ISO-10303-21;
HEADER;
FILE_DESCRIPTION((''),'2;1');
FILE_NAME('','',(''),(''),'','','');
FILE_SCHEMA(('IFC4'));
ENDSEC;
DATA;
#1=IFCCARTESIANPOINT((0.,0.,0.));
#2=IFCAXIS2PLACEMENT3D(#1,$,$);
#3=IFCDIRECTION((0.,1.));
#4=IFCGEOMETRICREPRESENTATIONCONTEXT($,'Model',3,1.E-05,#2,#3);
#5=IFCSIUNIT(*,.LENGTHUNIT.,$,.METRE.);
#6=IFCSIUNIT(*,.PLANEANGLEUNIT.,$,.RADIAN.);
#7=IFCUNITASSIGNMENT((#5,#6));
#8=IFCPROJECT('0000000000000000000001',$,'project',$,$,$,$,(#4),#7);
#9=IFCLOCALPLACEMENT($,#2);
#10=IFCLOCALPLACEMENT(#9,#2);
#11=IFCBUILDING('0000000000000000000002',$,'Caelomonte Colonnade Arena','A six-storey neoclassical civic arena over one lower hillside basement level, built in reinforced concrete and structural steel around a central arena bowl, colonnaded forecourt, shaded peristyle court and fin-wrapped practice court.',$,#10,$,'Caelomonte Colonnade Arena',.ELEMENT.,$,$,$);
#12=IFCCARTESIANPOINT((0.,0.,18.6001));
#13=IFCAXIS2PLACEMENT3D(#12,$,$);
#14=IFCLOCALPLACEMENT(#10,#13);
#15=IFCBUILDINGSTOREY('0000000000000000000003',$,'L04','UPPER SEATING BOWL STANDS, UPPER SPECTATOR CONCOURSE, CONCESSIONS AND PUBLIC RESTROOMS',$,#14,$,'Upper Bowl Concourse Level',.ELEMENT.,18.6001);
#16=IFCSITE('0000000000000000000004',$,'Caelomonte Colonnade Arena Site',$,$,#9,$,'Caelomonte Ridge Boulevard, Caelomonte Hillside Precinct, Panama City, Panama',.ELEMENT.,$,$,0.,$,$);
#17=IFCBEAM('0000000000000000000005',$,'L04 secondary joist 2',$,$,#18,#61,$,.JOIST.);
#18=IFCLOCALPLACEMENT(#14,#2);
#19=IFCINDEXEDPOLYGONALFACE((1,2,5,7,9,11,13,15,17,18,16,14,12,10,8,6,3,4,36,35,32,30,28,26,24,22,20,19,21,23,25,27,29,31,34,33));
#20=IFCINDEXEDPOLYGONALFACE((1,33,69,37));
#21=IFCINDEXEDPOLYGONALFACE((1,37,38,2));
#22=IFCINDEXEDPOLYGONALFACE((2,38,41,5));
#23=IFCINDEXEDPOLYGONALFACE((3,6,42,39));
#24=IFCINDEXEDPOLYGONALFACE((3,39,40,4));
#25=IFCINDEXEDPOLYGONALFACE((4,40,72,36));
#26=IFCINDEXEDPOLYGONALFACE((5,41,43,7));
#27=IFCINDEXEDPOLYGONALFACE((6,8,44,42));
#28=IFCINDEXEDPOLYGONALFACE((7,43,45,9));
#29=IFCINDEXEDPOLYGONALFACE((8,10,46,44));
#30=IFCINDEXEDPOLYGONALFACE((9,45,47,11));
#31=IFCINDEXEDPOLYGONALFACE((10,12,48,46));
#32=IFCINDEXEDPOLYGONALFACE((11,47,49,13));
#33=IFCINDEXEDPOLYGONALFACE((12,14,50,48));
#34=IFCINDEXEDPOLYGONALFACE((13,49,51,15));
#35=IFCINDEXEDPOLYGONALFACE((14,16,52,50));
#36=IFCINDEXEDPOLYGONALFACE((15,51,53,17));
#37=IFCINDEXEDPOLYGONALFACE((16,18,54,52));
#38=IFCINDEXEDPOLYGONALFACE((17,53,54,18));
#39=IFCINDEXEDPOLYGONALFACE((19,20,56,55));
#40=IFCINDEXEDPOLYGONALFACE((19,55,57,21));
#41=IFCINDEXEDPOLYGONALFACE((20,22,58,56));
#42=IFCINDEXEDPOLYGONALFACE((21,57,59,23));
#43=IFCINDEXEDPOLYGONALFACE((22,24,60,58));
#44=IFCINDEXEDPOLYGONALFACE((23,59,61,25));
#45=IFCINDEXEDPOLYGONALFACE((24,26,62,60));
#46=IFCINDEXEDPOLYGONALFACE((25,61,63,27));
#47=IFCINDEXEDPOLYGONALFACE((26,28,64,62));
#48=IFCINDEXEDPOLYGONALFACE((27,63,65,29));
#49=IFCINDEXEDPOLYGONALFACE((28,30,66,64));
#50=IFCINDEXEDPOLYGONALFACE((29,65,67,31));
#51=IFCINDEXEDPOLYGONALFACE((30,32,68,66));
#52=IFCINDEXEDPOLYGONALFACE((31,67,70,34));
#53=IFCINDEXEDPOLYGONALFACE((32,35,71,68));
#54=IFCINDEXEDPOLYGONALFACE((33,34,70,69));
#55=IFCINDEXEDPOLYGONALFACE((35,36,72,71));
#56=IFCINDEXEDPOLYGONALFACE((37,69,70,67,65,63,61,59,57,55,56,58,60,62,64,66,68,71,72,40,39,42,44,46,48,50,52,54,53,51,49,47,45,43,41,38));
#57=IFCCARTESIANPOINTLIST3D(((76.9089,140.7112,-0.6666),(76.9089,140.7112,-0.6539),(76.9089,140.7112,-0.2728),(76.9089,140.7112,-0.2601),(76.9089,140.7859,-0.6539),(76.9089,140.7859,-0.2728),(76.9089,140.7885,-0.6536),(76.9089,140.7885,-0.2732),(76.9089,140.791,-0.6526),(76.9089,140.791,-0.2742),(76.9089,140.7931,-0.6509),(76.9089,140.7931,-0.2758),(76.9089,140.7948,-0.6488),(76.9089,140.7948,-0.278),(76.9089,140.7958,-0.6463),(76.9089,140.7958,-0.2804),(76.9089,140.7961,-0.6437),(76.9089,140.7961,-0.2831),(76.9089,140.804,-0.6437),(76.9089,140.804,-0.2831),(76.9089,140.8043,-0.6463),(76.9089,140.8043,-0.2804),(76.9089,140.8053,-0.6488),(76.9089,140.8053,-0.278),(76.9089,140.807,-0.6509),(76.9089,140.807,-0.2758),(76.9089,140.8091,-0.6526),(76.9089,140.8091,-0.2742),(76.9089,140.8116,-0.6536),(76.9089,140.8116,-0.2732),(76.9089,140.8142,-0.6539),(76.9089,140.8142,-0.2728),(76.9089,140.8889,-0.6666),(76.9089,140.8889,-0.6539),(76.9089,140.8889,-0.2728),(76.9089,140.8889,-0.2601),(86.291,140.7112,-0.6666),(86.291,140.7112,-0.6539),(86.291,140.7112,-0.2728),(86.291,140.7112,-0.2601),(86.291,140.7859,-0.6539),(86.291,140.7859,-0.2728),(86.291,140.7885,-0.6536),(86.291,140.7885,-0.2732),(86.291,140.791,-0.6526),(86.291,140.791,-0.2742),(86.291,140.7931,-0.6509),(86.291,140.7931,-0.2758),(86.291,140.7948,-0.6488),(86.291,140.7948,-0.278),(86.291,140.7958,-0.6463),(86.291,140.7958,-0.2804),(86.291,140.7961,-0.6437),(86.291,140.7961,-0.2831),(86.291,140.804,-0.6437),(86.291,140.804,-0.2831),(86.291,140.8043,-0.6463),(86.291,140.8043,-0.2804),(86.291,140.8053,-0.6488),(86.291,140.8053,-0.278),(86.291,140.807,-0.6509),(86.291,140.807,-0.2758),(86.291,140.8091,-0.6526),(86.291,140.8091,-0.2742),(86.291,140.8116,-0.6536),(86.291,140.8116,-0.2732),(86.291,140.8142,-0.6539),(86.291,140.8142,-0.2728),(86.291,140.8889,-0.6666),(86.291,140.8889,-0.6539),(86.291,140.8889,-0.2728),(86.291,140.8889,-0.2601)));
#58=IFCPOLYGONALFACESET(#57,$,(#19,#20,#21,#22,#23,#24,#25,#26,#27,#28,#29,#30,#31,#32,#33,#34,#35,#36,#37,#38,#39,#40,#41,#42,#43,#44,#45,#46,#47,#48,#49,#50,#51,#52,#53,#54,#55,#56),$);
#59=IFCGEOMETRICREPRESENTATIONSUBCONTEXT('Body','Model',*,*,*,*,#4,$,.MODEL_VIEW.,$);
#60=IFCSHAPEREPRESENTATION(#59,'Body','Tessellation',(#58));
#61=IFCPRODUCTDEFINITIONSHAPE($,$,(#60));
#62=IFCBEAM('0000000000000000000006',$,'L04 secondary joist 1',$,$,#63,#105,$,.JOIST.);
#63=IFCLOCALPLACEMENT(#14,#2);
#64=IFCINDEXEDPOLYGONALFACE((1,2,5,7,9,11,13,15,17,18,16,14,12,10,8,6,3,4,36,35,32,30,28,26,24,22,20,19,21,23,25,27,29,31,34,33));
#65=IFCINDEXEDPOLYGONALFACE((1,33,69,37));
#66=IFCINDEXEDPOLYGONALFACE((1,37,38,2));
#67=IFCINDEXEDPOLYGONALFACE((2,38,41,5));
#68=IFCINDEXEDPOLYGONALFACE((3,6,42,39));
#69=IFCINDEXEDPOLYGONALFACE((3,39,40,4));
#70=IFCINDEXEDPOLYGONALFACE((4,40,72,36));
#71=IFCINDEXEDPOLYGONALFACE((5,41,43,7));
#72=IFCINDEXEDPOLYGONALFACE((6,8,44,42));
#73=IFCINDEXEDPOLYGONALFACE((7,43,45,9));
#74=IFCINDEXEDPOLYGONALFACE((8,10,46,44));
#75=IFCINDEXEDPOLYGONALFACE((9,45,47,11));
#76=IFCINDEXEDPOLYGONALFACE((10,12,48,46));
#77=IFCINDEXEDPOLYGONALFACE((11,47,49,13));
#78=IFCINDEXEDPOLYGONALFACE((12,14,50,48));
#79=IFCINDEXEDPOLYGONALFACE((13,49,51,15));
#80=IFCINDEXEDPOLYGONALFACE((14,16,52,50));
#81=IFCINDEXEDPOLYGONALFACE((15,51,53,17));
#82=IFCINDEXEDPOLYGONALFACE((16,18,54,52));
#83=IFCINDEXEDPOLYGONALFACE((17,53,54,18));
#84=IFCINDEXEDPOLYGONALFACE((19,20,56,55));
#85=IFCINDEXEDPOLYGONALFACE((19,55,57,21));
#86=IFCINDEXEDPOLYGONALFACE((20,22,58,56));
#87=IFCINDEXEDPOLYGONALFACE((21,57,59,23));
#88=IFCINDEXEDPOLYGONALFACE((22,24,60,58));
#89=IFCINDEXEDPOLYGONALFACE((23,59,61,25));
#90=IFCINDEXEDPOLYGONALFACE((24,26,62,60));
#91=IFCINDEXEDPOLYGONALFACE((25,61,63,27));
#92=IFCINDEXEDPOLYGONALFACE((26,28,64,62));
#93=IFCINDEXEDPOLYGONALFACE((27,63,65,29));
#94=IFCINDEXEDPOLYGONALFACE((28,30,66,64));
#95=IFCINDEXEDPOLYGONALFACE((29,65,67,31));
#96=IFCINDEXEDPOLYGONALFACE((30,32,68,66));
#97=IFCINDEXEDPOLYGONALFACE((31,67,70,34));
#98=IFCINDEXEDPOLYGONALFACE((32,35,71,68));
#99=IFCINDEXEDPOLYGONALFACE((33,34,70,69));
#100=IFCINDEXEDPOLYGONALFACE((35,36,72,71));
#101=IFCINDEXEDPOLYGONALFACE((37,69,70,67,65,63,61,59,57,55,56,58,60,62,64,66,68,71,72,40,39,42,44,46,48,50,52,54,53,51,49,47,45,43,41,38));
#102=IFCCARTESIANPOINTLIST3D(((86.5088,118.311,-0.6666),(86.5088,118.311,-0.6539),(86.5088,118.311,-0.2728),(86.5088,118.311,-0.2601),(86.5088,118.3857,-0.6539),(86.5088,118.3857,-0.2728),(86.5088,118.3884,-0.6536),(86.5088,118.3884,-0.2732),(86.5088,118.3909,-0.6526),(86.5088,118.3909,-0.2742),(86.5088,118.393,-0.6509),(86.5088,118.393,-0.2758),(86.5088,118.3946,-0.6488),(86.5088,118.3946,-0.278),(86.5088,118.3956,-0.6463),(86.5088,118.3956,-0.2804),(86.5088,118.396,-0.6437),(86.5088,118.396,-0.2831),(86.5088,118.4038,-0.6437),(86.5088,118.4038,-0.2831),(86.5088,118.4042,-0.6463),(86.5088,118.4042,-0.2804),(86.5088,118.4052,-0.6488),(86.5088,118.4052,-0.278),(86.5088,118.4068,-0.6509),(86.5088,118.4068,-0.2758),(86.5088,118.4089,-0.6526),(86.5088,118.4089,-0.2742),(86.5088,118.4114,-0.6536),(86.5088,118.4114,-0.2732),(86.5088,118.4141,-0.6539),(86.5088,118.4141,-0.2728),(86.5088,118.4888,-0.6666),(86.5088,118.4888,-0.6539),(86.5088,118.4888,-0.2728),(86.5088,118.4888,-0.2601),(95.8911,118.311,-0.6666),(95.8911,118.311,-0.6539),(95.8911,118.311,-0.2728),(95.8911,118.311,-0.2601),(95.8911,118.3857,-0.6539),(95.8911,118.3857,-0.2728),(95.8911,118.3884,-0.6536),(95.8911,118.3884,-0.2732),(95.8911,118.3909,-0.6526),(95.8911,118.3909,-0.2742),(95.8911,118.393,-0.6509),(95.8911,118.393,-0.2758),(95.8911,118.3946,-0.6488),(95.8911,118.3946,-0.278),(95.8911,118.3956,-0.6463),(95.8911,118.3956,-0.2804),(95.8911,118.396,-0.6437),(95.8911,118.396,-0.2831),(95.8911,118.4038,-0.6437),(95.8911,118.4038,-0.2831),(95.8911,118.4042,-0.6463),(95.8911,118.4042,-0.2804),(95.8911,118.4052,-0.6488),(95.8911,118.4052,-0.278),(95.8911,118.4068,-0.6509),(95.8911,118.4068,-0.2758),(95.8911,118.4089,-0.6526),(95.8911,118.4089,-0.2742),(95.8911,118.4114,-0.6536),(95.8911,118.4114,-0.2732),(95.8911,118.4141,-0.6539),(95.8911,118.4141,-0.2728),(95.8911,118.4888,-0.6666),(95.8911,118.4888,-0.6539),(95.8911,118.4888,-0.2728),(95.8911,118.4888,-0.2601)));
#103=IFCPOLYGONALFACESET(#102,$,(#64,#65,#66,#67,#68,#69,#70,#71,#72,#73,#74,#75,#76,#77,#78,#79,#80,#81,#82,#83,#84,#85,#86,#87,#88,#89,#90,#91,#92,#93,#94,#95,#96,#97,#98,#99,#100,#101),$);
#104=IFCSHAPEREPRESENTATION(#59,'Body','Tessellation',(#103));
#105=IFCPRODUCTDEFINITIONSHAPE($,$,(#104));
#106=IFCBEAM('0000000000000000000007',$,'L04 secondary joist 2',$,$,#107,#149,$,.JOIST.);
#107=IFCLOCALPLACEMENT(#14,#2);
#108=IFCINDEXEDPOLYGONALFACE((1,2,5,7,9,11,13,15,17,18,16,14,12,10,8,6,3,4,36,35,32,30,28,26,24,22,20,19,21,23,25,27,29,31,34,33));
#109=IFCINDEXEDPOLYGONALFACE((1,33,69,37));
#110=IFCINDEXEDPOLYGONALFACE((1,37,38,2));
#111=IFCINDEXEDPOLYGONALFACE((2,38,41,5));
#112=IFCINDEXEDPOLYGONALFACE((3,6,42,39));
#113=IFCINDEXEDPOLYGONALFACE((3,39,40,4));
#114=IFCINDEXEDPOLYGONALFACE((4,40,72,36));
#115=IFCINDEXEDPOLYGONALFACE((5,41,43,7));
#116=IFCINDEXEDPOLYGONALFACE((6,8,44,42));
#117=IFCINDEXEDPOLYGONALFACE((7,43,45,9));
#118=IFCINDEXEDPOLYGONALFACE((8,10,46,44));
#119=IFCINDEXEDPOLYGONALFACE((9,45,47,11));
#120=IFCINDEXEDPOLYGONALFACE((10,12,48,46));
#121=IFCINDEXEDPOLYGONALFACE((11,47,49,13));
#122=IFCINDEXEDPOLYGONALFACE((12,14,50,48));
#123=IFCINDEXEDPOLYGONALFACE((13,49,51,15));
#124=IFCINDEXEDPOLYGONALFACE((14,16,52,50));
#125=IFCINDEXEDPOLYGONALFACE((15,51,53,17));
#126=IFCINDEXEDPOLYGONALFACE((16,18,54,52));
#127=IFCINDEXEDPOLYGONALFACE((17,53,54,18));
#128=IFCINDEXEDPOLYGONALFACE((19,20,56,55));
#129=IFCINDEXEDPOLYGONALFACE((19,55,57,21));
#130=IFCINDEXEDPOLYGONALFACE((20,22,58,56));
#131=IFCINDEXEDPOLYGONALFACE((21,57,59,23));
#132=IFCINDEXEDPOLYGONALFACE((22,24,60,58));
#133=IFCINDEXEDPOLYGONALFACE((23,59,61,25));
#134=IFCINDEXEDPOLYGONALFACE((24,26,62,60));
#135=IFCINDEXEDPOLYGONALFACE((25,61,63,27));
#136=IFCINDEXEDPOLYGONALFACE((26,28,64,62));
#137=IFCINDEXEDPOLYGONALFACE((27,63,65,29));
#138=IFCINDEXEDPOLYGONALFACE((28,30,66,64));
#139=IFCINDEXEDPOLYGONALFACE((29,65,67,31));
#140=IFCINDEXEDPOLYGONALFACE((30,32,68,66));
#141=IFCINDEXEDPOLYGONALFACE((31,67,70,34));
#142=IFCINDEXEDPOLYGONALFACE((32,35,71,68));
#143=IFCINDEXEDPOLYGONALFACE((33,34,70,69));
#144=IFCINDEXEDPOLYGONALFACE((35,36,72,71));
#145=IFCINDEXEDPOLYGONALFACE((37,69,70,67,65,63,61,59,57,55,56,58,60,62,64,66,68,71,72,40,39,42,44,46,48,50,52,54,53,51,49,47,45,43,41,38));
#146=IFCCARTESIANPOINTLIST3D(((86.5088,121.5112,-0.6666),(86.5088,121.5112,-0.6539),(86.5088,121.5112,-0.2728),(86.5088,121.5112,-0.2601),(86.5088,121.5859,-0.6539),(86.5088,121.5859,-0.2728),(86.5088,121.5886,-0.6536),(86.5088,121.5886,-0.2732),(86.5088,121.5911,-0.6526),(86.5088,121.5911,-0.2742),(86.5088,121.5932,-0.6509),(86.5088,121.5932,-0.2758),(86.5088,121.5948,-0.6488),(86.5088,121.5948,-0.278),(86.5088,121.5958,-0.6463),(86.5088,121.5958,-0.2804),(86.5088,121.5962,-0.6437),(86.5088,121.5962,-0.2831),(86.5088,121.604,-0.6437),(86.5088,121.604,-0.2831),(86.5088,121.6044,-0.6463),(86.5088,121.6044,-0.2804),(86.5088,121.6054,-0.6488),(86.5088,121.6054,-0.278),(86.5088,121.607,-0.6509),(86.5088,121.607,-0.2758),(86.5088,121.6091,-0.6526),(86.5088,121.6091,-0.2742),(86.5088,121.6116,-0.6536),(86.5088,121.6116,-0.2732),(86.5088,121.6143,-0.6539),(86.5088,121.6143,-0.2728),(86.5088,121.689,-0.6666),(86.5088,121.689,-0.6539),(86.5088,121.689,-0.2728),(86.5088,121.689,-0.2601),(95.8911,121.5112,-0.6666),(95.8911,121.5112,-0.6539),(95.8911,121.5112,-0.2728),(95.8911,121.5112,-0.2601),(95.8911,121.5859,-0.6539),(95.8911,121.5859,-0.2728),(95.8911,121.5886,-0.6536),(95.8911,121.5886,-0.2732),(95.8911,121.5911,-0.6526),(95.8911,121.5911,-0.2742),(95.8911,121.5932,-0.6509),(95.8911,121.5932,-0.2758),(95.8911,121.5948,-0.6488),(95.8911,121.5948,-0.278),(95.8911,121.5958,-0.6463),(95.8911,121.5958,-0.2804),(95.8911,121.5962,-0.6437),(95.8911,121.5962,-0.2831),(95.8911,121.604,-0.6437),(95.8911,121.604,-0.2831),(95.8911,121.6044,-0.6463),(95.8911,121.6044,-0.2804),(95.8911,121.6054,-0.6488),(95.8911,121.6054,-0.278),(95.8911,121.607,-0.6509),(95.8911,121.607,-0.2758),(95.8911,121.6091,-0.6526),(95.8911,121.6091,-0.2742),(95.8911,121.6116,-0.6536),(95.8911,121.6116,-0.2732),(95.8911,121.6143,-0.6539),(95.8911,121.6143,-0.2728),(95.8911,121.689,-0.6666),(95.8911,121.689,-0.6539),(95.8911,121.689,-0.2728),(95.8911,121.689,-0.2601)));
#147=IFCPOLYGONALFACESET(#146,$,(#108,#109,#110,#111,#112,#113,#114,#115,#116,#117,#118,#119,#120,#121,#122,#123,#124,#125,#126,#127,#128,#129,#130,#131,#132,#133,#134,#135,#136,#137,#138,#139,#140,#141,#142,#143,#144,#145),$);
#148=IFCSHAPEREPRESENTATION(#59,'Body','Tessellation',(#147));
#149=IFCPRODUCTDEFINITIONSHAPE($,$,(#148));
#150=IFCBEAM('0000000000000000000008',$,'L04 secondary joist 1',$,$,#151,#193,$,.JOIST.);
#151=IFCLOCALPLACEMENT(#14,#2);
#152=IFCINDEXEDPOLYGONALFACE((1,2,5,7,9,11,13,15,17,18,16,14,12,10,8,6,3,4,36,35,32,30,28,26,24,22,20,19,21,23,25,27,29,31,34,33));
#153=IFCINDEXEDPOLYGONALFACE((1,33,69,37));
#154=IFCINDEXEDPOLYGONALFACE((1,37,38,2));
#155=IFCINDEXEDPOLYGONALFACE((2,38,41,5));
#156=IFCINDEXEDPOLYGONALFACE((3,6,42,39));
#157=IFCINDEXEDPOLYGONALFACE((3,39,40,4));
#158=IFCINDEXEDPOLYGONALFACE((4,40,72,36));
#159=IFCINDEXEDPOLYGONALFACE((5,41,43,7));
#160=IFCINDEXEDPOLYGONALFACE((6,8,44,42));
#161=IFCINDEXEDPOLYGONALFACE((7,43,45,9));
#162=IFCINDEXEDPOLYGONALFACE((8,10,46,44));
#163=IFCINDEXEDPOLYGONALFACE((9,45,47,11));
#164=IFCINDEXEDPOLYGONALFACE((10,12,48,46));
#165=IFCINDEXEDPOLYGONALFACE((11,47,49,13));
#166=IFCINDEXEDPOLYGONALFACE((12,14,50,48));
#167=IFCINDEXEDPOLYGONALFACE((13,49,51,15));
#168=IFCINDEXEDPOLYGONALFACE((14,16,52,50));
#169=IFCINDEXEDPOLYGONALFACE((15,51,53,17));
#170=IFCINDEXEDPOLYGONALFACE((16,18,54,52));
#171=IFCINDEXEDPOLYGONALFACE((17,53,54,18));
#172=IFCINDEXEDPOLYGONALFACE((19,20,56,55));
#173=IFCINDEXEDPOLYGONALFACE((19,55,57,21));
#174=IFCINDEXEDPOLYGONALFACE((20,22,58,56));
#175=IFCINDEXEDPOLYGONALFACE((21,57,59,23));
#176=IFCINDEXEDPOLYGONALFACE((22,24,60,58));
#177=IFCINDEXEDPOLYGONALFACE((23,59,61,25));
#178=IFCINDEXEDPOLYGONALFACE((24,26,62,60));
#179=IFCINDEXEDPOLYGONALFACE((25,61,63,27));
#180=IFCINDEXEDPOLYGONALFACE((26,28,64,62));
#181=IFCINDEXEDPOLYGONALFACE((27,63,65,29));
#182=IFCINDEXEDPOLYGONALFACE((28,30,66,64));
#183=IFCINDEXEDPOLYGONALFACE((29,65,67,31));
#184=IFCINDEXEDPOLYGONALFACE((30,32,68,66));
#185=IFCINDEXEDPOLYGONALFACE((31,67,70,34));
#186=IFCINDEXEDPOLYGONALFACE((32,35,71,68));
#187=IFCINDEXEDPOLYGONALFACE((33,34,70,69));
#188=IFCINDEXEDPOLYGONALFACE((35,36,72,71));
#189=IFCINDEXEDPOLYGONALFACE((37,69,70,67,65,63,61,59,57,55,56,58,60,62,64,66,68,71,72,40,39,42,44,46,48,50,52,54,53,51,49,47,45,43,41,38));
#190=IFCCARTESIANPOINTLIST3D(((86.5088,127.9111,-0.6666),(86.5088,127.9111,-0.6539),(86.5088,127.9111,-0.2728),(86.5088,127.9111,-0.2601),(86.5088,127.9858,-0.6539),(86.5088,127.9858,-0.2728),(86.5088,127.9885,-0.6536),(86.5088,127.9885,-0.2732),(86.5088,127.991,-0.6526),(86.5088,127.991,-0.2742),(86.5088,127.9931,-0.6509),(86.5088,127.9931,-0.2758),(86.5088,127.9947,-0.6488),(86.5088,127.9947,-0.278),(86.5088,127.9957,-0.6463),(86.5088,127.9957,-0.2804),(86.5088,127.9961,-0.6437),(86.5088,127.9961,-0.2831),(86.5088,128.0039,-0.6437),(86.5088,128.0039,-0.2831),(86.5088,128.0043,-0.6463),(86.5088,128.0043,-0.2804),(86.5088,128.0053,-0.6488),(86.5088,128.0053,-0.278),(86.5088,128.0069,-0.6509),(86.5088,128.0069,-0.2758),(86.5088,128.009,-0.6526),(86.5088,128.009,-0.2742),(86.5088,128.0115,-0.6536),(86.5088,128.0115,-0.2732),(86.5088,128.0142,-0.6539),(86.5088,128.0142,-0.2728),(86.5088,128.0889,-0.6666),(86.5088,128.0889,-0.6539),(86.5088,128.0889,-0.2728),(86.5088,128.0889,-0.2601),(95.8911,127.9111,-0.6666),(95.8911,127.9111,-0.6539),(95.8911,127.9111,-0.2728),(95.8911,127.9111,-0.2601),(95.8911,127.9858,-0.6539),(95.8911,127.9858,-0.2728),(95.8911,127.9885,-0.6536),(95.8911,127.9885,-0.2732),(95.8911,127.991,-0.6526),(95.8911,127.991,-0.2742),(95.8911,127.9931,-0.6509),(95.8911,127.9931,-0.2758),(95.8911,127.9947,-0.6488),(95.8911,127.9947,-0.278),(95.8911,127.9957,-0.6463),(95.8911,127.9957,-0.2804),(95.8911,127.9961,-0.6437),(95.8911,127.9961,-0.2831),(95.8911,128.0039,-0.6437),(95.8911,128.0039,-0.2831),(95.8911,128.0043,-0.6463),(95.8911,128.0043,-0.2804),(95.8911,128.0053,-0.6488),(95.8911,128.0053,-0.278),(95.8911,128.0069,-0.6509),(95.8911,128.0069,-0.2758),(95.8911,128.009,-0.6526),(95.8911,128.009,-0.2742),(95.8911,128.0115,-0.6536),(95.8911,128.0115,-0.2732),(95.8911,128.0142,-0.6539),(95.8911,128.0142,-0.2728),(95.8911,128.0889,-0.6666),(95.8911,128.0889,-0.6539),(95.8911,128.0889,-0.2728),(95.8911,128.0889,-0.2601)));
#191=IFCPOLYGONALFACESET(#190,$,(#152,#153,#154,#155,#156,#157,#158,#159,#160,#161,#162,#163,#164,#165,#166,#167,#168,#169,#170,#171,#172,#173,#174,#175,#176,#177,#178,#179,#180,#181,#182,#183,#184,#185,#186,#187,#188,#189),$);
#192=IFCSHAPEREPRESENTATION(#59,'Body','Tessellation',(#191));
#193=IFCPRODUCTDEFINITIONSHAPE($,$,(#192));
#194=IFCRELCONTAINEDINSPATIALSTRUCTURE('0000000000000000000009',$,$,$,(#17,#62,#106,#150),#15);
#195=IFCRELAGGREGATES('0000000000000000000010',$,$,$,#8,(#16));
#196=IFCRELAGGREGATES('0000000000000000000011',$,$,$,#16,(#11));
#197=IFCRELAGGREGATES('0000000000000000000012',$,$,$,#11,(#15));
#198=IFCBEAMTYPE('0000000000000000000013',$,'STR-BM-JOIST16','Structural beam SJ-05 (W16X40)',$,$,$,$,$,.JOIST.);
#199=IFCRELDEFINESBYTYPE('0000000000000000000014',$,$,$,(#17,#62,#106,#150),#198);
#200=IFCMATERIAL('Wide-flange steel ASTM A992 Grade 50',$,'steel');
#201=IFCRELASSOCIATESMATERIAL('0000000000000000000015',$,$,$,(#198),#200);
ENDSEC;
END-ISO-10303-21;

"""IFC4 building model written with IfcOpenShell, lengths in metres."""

from ifc_helpers import new_model, si_unit, direction, frame, origin, origin_2d, place, context, subcontext, project, spatial, i_section, extrude, material, material_profile, profile_set, type_object, element, save


model = new_model("IFC4")

# Units and contexts
model_context = context("Model", 3, precision=1e-05, world=origin(), true_north=direction((0.0, 1.0)))
body_context = subcontext(model_context, "Body", "Model", "MODEL_VIEW")
ifc_project = project(units=[si_unit("LENGTHUNIT", "METRE"), si_unit("PLANEANGLEUNIT", "RADIAN")], contexts=[model_context])

# Site, building, storey
site_placement = place(None, origin())
site = spatial("IfcSite", under=ifc_project, at=site_placement, Name="Caelomonte Colonnade Arena Site", LongName="Caelomonte Ridge Boulevard, Caelomonte Hillside Precinct, Panama City, Panama", CompositionType="ELEMENT", RefElevation=0.0)
building_placement = place(site_placement, origin())
building = spatial("IfcBuilding", under=site, at=building_placement, Name="Caelomonte Colonnade Arena", Description="A six-storey neoclassical civic arena over one lower hillside basement level, built in reinforced concrete and structural steel around a central arena bowl, colonnaded forecourt, shaded peristyle court and fin-wrapped practice court.", LongName="Caelomonte Colonnade Arena", CompositionType="ELEMENT")
storey_placement = place(building_placement, frame((0.0, 0.0, 18.6001)))
storey = spatial("IfcBuildingStorey", under=building, at=storey_placement, Name="L04", Description="UPPER SEATING BOWL STANDS, UPPER SPECTATOR CONCOURSE, CONCESSIONS AND PUBLIC RESTROOMS", LongName="Upper Bowl Concourse Level", CompositionType="ELEMENT", Elevation=18.6001)

# Beams
ifc_material_1 = material(Name="Wide-flange steel ASTM A992 Grade 50", Category="steel")
ifc_material_profile_1 = material_profile(ifc_material_1, i_section(OverallWidth=0.1777, OverallDepth=0.4065, WebThickness=0.0078, FlangeThickness=0.0127, FilletRadius=0.0103, at=origin_2d()), Name="W16X40")
ifc_profile_set_1 = profile_set([ifc_material_profile_1], Name="Wide-flange steel ASTM A992 Grade 50")
beam_type_1 = type_object("IfcBeamType", Name="STR-BM-JOIST16", Description="Structural beam SJ-05 (W16X40)", PredefinedType="JOIST", material=ifc_profile_set_1)
for number, where, z_axis, x_axis, name in (
    (1, (76.9089, 140.8, -0.4634), (1.0, 0.0, 0.0), (0.0, 1.0, 0.0), "L04 secondary joist 2"),
):
    element("IfcBeam", number, at=place(storey_placement, frame(where, z_axis=z_axis, x_axis=x_axis)), inside=storey, type_object=beam_type_1, Name=name, PredefinedType="JOIST", context=body_context, shape_type="SweptSolid", body=[
        extrude(i_section(OverallWidth=0.1777, OverallDepth=0.4065, WebThickness=0.0078, FlangeThickness=0.0127, FilletRadius=0.0103, at=origin_2d()), origin(), (0.0, 0.0, 1.0), 9.3821),
    ])
for number, where, z_axis, x_axis, name in (
    (2, (86.5088, 118.3999, -0.4634), (1.0, 0.0, 0.0), (0.0, 1.0, 0.0), "L04 secondary joist 1"),
    (3, (86.5088, 121.6001, -0.4634), (1.0, 0.0, 0.0), (0.0, 1.0, 0.0), "L04 secondary joist 2"),
    (4, (86.5088, 128.0, -0.4634), (1.0, 0.0, 0.0), (0.0, 1.0, 0.0), "L04 secondary joist 1"),
):
    element("IfcBeam", number, at=place(storey_placement, frame(where, z_axis=z_axis, x_axis=x_axis)), inside=storey, type_object=beam_type_1, Name=name, PredefinedType="JOIST", context=body_context, shape_type="SweptSolid", body=[
        extrude(i_section(OverallWidth=0.1777, OverallDepth=0.4065, WebThickness=0.0078, FlangeThickness=0.0127, FilletRadius=0.0103, at=origin_2d()), origin(), (0.0, 0.0, 1.0), 9.3823),
    ])

save(model, "model.ifc")
